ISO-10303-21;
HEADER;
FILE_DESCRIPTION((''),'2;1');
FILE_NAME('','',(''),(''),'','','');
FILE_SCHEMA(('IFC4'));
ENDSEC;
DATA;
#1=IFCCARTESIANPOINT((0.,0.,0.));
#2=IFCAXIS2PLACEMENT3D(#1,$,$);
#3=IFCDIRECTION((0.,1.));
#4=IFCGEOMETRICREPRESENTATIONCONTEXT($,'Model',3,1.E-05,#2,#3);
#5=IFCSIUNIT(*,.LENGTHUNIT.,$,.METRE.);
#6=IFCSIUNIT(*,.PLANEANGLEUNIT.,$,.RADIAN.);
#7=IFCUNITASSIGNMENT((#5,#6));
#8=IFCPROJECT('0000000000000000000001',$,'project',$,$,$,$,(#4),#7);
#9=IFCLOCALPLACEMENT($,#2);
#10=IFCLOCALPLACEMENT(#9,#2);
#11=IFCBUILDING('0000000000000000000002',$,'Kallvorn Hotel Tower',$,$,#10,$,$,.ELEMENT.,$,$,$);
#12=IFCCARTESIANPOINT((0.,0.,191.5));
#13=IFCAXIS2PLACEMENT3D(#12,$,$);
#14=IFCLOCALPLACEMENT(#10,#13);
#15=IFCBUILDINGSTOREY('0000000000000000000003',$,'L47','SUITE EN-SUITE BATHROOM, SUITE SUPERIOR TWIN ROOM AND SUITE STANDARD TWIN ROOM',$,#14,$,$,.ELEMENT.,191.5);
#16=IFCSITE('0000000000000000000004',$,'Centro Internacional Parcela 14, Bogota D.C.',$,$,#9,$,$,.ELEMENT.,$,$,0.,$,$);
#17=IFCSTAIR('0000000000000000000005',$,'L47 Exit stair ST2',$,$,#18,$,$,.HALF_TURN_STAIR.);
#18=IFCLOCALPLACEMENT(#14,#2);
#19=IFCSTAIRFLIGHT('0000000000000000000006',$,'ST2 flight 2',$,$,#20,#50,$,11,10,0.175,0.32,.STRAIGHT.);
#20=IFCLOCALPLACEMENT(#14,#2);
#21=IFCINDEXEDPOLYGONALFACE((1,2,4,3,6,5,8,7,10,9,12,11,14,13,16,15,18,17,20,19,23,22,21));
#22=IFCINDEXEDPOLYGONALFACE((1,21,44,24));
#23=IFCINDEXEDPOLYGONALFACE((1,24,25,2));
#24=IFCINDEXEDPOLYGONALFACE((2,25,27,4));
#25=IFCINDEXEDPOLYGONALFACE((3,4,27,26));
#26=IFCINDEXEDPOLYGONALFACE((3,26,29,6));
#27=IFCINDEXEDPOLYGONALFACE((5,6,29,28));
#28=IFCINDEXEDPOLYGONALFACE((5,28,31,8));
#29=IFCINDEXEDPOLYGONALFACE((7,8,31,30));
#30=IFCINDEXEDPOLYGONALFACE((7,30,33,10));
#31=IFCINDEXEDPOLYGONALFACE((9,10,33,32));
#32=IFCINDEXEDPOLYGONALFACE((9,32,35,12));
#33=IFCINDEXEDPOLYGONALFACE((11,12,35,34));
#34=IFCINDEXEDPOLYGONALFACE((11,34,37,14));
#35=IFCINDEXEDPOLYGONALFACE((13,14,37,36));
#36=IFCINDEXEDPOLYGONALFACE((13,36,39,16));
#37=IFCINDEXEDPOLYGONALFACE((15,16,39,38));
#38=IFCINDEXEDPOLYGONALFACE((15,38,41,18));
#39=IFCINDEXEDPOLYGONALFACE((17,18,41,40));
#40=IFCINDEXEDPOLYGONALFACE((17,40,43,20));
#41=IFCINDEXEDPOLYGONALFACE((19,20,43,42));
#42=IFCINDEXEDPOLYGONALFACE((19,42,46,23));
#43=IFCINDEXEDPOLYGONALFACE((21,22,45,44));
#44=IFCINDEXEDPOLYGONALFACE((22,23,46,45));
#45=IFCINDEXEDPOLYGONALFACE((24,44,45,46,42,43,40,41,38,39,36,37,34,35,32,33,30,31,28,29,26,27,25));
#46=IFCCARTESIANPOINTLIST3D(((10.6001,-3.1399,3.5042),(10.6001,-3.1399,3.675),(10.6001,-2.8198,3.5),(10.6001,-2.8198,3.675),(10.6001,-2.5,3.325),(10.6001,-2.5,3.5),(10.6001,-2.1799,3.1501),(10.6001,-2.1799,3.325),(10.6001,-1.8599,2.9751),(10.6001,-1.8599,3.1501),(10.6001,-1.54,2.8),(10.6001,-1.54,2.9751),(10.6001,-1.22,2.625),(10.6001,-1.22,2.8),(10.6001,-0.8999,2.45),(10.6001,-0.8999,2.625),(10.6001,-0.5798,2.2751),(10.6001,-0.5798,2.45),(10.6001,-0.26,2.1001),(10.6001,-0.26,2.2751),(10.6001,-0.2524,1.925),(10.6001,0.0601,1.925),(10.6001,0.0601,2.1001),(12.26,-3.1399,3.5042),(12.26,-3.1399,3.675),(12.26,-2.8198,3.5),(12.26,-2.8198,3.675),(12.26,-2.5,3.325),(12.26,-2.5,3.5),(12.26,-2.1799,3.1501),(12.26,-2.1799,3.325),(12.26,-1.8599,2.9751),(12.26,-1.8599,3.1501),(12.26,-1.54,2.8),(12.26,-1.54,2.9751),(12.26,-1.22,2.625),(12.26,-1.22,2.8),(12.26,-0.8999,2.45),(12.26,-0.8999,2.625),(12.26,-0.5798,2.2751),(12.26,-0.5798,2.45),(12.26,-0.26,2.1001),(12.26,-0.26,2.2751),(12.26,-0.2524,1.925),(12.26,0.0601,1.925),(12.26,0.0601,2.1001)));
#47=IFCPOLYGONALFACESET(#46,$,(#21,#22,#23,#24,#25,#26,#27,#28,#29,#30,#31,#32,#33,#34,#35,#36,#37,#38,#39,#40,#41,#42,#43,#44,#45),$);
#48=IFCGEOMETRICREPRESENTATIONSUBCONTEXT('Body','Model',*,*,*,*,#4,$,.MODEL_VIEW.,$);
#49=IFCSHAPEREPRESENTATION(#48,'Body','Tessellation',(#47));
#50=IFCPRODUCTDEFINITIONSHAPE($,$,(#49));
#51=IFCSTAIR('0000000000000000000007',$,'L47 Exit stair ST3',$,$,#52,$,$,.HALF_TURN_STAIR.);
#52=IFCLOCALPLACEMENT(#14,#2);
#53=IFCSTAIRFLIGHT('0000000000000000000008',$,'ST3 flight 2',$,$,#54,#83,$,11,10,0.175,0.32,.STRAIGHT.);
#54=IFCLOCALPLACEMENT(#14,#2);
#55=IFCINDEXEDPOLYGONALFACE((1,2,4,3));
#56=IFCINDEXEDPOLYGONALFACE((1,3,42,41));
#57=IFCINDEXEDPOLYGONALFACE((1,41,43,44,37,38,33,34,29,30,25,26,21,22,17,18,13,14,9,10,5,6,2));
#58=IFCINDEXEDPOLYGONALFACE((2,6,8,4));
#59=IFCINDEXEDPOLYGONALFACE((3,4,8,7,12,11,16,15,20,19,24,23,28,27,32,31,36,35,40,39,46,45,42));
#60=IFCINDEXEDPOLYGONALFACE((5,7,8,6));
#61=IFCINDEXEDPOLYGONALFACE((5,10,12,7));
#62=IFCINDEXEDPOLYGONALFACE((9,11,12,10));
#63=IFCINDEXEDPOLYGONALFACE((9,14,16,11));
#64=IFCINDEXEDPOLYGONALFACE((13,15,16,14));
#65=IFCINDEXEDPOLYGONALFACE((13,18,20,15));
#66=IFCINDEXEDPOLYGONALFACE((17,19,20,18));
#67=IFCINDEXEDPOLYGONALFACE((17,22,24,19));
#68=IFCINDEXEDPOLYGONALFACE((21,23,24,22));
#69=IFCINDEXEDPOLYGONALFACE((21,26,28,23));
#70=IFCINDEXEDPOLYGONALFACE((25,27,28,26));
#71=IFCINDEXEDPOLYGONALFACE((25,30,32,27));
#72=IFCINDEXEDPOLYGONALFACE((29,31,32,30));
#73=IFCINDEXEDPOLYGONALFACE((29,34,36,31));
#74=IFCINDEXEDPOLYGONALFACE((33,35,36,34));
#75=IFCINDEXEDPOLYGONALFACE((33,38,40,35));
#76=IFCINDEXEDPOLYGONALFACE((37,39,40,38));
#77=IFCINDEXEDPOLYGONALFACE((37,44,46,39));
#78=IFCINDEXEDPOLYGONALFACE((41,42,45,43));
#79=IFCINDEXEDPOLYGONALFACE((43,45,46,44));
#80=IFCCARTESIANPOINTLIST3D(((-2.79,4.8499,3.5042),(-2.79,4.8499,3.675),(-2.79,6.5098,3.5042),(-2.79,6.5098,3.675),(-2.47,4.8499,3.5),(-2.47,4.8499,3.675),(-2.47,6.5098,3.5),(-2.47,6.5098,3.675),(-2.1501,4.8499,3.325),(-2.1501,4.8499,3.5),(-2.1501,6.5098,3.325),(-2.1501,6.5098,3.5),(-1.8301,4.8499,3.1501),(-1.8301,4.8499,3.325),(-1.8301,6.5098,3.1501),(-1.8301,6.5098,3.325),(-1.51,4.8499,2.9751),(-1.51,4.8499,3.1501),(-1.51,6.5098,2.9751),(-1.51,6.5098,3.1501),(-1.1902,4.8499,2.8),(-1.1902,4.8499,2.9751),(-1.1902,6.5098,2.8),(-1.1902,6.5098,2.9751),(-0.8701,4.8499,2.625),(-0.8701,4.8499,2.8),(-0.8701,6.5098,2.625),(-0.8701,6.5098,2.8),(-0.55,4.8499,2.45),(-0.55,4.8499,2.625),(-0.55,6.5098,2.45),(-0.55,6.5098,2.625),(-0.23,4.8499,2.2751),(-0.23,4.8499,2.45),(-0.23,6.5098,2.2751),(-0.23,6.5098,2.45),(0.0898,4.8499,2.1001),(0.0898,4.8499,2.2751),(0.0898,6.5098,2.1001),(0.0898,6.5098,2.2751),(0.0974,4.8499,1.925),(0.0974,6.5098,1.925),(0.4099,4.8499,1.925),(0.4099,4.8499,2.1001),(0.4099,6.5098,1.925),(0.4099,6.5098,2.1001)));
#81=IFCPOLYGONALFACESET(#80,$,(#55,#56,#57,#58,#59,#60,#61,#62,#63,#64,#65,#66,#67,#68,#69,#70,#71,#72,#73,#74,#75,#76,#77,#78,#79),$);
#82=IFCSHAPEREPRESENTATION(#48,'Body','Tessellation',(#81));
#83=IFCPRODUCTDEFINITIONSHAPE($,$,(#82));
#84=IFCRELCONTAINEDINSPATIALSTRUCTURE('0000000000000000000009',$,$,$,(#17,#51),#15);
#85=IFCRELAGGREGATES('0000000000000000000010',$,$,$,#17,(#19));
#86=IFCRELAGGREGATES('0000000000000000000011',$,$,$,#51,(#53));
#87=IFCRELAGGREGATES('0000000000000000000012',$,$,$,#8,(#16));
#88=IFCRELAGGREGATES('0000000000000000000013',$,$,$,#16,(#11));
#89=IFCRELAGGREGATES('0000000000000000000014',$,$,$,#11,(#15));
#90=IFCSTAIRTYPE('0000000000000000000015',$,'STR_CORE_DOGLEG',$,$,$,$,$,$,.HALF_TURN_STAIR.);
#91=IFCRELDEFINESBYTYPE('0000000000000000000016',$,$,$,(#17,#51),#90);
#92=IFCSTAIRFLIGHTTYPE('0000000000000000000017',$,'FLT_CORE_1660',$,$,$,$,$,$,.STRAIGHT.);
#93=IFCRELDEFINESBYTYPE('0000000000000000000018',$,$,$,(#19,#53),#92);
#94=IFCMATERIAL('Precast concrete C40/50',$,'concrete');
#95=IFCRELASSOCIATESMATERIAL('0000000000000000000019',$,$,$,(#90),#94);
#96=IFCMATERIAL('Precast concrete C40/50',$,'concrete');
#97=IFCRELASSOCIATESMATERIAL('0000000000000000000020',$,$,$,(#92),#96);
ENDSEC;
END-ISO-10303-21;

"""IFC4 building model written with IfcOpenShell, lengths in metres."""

from ifc_helpers import new_model, si_unit, direction, frame, origin, place, context, subcontext, project, spatial, polyline, outline, extrude, material, type_object, element, aggregate, save


model = new_model("IFC4")

# Units and contexts
model_context = context("Model", 3, precision=1e-05, world=origin(), true_north=direction((0.0, 1.0)))
body_context = subcontext(model_context, "Body", "Model", "MODEL_VIEW")
ifc_project = project(units=[si_unit("LENGTHUNIT", "METRE"), si_unit("PLANEANGLEUNIT", "RADIAN")], contexts=[model_context])

# Site, building, storey
site_placement = place(None, origin())
site = spatial("IfcSite", under=ifc_project, at=site_placement, Name="Centro Internacional Parcela 14, Bogota D.C.", CompositionType="ELEMENT", RefElevation=0.0)
building_placement = place(site_placement, origin())
building = spatial("IfcBuilding", under=site, at=building_placement, Name="Kallvorn Hotel Tower", CompositionType="ELEMENT")
storey_placement = place(building_placement, frame((0.0, 0.0, 191.5)))
storey = spatial("IfcBuildingStorey", under=building, at=storey_placement, Name="L47", Description="SUITE EN-SUITE BATHROOM, SUITE SUPERIOR TWIN ROOM AND SUITE STANDARD TWIN ROOM", CompositionType="ELEMENT", Elevation=191.5)

# Stair, stair flight
ifc_material_1 = material(Name="Precast concrete C40/50", Category="concrete")
stair_type = type_object("IfcStairType", Name="STR_CORE_DOGLEG", PredefinedType="HALF_TURN_STAIR", material=ifc_material_1)
stair_1_placement = place(storey_placement, origin())
stair_1 = element("IfcStair", 1, at=stair_1_placement, inside=storey, type_object=stair_type, Name="L47 Exit stair ST2", PredefinedType="HALF_TURN_STAIR")
ifc_material_2 = material(Name="Precast concrete C40/50", Category="concrete")
stair_flight_type = type_object("IfcStairFlightType", Name="FLT_CORE_1660", PredefinedType="STRAIGHT", material=ifc_material_2)
stair_flight_1_placement = place(storey_placement, frame((11.4299, 0.0601, 1.925), z_axis=(0.0, 0.0, 1.0), x_axis=(0.0, -1.0, 0.0)))
stair_flight_1 = element("IfcStairFlight", 2, at=stair_flight_1_placement, type_object=stair_flight_type, Name="ST2 flight 2", NumberOfRisers=11, NumberOfTreads=10, PredefinedType="STRAIGHT", RiserHeight=0.175, TreadLength=0.32, context=body_context, shape_type="SweptSolid", body=[
    extrude(outline(polyline([(0.0, 0.0), (0.0, 0.175), (0.3201, 0.175), (0.3201, 0.3501), (0.6399, 0.3501), (0.6399, 0.5249), (0.96, 0.5249), (0.96, 0.7), (1.28, 0.7), (1.28, 0.875), (1.6001, 0.875), (1.6001, 1.05), (1.9199, 1.05), (1.9199, 1.2251), (2.24, 1.2251), (2.24, 1.3999), (2.5601, 1.3999), (2.5601, 1.575), (2.8799, 1.575), (2.8799, 1.75), (3.2, 1.75), (3.2, 1.925), (3.2, 1.5791), (0.3125, 0.0), (0.0, 0.0)])), frame((0.0, 0.8301, 0.0), z_axis=(0.0, -1.0, 0.0), x_axis=(1.0, 0.0, 0.0)), (0.0, 0.0, 1.0), 1.6599),
])
aggregate(stair_1, [stair_flight_1])

# Stair, stair flight
stair_2_placement = place(storey_placement, origin())
stair_2 = element("IfcStair", 3, at=stair_2_placement, inside=storey, type_object=stair_type, Name="L47 Exit stair ST3", PredefinedType="HALF_TURN_STAIR")
stair_flight_2_placement = place(storey_placement, frame((0.4099, 5.6799, 1.925), z_axis=(0.0, 0.0, 1.0), x_axis=(-1.0, 0.0, 0.0)))
stair_flight_2 = element("IfcStairFlight", 4, at=stair_flight_2_placement, type_object=stair_flight_type, Name="ST3 flight 2", NumberOfRisers=11, NumberOfTreads=10, PredefinedType="STRAIGHT", RiserHeight=0.175, TreadLength=0.32, context=body_context, shape_type="SweptSolid", body=[
    extrude(outline(polyline([(0.0, 0.0), (0.0, 0.175), (0.3201, 0.175), (0.3201, 0.3501), (0.6399, 0.3501), (0.6399, 0.5249), (0.96, 0.5249), (0.96, 0.7), (1.28, 0.7), (1.28, 0.875), (1.6001, 0.875), (1.6001, 1.05), (1.9199, 1.05), (1.9199, 1.2251), (2.24, 1.2251), (2.24, 1.3999), (2.5601, 1.3999), (2.5601, 1.575), (2.8799, 1.575), (2.8799, 1.75), (3.2, 1.75), (3.2, 1.925), (3.2, 1.5791), (0.3125, 0.0), (0.0, 0.0)])), frame((0.0, 0.8301, 0.0), z_axis=(0.0, -1.0, 0.0), x_axis=(1.0, 0.0, 0.0)), (0.0, 0.0, 1.0), 1.6599),
])
aggregate(stair_2, [stair_flight_2])

save(model, "model.ifc")
